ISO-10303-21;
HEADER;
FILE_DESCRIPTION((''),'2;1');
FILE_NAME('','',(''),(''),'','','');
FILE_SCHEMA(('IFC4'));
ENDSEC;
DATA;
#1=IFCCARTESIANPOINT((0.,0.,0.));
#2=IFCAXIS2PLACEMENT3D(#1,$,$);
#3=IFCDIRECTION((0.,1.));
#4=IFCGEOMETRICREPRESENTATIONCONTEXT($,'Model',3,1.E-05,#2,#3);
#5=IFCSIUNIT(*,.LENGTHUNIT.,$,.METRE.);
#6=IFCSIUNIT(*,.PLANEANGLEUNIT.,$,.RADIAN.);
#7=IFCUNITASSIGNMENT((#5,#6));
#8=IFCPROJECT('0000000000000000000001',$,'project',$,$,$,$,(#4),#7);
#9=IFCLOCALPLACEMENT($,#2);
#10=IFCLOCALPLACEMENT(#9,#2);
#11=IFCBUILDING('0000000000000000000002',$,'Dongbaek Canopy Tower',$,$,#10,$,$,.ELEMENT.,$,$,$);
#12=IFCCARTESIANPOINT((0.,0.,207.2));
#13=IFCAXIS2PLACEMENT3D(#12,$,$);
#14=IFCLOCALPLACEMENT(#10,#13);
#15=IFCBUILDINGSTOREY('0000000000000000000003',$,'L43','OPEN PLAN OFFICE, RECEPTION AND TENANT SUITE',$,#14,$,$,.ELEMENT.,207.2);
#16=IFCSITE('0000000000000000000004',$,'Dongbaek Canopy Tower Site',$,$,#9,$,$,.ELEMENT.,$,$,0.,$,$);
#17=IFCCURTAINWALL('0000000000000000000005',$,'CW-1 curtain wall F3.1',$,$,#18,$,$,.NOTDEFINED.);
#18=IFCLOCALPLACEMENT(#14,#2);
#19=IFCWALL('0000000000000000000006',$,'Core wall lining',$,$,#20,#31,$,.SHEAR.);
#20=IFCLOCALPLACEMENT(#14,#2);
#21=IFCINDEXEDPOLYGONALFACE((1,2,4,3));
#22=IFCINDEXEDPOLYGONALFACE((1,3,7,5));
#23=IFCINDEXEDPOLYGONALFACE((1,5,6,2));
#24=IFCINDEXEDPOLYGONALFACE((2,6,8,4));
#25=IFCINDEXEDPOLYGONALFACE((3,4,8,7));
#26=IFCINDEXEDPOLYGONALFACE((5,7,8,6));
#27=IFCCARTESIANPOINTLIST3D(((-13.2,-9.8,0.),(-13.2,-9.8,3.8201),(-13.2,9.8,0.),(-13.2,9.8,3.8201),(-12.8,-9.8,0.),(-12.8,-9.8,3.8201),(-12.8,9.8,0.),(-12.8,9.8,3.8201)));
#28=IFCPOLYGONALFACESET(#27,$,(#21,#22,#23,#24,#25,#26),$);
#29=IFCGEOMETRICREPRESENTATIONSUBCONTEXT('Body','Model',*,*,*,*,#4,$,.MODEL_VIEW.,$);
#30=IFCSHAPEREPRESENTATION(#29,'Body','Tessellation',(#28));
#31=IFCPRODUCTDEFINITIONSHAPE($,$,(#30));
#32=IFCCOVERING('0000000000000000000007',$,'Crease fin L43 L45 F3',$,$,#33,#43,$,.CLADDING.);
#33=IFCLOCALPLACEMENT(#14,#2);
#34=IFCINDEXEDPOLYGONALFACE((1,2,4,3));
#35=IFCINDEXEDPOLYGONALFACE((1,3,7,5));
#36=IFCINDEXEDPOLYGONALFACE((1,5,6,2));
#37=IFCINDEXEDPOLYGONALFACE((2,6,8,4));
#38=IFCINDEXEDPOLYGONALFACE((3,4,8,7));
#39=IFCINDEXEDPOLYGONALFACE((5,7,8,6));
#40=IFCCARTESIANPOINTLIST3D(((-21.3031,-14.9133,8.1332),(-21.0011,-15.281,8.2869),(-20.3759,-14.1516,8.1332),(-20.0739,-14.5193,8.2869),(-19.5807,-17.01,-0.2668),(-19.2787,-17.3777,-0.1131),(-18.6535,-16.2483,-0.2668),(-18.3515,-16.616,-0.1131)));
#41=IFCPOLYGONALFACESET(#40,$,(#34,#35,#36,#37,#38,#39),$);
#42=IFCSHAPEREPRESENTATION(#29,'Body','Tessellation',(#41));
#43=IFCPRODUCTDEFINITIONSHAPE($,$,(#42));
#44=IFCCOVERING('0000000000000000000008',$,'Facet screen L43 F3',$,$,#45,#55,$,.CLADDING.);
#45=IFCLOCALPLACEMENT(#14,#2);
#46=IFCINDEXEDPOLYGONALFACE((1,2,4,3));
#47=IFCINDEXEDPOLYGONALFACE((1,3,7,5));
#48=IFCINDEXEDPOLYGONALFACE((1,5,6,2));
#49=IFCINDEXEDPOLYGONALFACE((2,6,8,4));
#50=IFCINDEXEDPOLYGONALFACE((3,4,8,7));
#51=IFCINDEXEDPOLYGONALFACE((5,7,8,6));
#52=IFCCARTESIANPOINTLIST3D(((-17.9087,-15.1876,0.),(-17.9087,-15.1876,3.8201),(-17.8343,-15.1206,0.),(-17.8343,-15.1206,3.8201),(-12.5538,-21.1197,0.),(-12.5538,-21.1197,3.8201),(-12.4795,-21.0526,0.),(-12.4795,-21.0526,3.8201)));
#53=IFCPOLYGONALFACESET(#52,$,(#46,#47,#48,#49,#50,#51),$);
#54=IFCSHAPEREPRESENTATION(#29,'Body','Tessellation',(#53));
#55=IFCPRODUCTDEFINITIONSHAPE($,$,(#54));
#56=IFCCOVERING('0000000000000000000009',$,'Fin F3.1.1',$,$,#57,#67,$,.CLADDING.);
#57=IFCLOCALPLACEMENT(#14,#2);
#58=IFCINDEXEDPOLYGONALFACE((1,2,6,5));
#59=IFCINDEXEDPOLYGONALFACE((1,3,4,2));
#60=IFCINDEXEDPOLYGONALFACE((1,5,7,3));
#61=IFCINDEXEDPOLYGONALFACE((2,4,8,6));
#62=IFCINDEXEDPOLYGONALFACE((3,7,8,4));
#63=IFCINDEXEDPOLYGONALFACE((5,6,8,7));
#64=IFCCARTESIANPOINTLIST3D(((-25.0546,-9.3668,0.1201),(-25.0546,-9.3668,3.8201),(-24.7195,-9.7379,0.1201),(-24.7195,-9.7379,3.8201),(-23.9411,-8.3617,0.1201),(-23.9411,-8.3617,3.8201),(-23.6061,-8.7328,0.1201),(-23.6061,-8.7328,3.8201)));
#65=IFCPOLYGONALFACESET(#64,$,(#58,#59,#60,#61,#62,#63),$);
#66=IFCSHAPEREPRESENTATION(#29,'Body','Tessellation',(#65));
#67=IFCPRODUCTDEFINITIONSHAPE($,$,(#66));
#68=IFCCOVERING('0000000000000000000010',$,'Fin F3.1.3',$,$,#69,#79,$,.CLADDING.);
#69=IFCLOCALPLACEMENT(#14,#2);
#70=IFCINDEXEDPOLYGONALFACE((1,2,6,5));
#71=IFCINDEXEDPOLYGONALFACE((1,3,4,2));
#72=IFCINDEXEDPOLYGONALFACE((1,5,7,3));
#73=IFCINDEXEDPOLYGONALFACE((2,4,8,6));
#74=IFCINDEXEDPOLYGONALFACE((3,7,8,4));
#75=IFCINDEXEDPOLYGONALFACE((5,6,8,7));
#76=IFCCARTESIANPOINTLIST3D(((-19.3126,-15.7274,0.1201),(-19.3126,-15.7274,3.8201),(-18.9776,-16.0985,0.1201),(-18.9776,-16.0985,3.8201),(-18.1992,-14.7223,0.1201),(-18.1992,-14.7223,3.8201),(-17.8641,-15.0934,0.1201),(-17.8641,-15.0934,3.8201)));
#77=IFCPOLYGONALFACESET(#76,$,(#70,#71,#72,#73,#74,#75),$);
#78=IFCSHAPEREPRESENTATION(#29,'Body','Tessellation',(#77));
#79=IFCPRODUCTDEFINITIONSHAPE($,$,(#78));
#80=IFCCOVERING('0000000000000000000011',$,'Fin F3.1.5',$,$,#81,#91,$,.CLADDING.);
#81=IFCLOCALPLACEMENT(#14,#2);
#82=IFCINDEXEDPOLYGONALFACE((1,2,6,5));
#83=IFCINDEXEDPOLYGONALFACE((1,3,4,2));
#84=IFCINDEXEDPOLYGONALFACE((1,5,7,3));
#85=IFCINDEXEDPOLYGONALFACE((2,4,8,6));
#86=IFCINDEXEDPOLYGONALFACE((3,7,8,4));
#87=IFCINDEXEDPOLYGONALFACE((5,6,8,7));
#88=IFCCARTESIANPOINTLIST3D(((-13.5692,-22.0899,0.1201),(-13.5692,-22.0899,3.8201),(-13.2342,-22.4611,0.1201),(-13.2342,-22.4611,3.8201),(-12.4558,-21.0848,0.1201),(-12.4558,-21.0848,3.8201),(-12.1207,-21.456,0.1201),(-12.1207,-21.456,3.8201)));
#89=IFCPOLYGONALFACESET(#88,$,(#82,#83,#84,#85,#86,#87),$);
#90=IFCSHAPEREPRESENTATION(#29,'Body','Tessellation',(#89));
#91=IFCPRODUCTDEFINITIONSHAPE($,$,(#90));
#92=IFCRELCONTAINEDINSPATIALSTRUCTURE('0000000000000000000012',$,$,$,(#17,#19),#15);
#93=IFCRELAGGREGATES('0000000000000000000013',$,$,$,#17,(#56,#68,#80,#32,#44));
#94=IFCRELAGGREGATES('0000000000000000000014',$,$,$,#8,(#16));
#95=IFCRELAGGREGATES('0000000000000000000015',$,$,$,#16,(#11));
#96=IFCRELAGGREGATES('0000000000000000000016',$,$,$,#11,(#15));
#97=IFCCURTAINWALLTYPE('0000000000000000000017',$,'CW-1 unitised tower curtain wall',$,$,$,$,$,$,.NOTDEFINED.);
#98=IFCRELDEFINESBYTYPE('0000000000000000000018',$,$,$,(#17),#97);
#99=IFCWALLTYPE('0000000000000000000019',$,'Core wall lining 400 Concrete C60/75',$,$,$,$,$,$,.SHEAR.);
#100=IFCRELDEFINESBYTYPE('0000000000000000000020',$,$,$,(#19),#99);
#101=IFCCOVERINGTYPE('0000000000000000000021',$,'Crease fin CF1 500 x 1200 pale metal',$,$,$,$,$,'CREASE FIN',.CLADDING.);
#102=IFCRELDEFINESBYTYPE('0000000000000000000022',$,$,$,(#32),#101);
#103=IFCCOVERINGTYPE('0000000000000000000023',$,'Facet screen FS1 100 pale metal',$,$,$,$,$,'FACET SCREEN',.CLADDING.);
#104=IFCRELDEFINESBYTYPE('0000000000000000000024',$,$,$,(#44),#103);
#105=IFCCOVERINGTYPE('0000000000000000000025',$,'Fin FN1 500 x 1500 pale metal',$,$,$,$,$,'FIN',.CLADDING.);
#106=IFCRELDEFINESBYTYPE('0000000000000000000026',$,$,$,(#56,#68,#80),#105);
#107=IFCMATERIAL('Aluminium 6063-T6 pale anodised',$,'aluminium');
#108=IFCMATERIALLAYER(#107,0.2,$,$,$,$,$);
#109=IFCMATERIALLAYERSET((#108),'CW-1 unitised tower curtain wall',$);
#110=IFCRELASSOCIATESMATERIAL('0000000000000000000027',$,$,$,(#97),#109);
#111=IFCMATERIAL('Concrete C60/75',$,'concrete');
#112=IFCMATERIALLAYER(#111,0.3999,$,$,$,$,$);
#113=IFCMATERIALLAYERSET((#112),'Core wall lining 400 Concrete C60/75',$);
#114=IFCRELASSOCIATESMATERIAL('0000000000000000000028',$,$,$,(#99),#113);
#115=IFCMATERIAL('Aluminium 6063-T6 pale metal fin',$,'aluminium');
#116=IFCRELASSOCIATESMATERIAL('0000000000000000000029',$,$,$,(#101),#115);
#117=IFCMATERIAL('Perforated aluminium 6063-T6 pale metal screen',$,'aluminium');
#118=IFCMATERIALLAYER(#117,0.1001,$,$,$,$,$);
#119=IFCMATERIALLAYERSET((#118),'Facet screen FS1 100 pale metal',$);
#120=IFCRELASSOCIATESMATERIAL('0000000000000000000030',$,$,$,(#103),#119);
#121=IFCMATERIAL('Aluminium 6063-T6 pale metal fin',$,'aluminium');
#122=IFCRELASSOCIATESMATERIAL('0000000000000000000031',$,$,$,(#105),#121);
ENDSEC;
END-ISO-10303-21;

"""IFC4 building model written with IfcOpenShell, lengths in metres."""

from ifc_helpers import new_model, si_unit, direction, frame, frame_2d, origin, origin_2d, place, context, subcontext, project, spatial, rectangle, extrude, material, layer, layer_set, material_profile, profile_set, type_object, element, aggregate, save


model = new_model("IFC4")

# Units and contexts
model_context = context("Model", 3, precision=1e-05, world=origin(), true_north=direction((0.0, 1.0)))
body_context = subcontext(model_context, "Body", "Model", "MODEL_VIEW")
ifc_project = project(units=[si_unit("LENGTHUNIT", "METRE"), si_unit("PLANEANGLEUNIT", "RADIAN")], contexts=[model_context])

# Site, building, storey
site_placement = place(None, origin())
site = spatial("IfcSite", under=ifc_project, at=site_placement, Name="Dongbaek Canopy Tower Site", CompositionType="ELEMENT", RefElevation=0.0)
building_placement = place(site_placement, origin())
building = spatial("IfcBuilding", under=site, at=building_placement, Name="Dongbaek Canopy Tower", CompositionType="ELEMENT")
storey_placement = place(building_placement, frame((0.0, 0.0, 207.2)))
storey = spatial("IfcBuildingStorey", under=building, at=storey_placement, Name="L43", Description="OPEN PLAN OFFICE, RECEPTION AND TENANT SUITE", CompositionType="ELEMENT", Elevation=207.2)

# Curtain wall
ifc_material_1 = material(Name="Aluminium 6063-T6 pale anodised", Category="aluminium")
ifc_layer_1 = layer(ifc_material_1, 0.2)
ifc_layer_set_1 = layer_set([ifc_layer_1], Name="CW-1 unitised tower curtain wall")
curtain_wall_type = type_object("IfcCurtainWallType", Name="CW-1 unitised tower curtain wall", PredefinedType="NOTDEFINED", material=ifc_layer_set_1)
curtain_wall_1_placement = place(storey_placement, origin())
curtain_wall_1 = element("IfcCurtainWall", 1, at=curtain_wall_1_placement, inside=storey, type_object=curtain_wall_type, Name="CW-1 curtain wall F3.1", PredefinedType="NOTDEFINED")

# Wall
ifc_material_2 = material(Name="Concrete C60/75", Category="concrete")
ifc_layer_2 = layer(ifc_material_2, 0.3999)
ifc_layer_set_2 = layer_set([ifc_layer_2], Name="Core wall lining 400 Concrete C60/75")
wall_type_1 = type_object("IfcWallType", Name="Core wall lining 400 Concrete C60/75", PredefinedType="SHEAR", material=ifc_layer_set_2)
wall_1_placement = place(storey_placement, frame((-13.0, -9.8, 0.0), z_axis=(0.0, 0.0, 1.0), x_axis=(0.0, 1.0, 0.0)))
element("IfcWall", 2, at=wall_1_placement, inside=storey, type_object=wall_type_1, Name="Core wall lining", PredefinedType="SHEAR", context=body_context, shape_type="SweptSolid", body=[
    extrude(rectangle(XDim=19.6001, YDim=0.3999, at=frame_2d((9.8, 0.0))), origin(), (0.0, 0.0, 1.0), 3.8201),
])

# Coverings
ifc_material_3 = material(Name="Aluminium 6063-T6 pale metal fin", Category="aluminium")
ifc_material_profile_1 = material_profile(ifc_material_3, rectangle(XDim=1.2, YDim=0.5, at=origin_2d()), Name="Crease fin CF1 500 x 1200 pale metal")
ifc_profile_set_1 = profile_set([ifc_material_profile_1], Name="Aluminium 6063-T6 pale metal fin")
covering_type_1 = type_object("IfcCoveringType", Name="Crease fin CF1 500 x 1200 pale metal", ElementType="CREASE FIN", PredefinedType="CLADDING", material=ifc_profile_set_1)
covering_1_placement = place(storey_placement, frame((-18.9661, -16.813, -0.1899), z_axis=(-0.195123, 0.237522, 0.951583), x_axis=(-0.772701, -0.63477, 0.0)))
covering_1 = element("IfcCovering", 3, at=covering_1_placement, type_object=covering_type_1, Name="Crease fin L43 L45 F3", PredefinedType="CLADDING", context=body_context, shape_type="SweptSolid", body=[
    extrude(rectangle(XDim=1.2, YDim=0.5, at=origin_2d()), origin(), (0.0, 0.0, 1.0), 8.8274),
])
ifc_material_4 = material(Name="Perforated aluminium 6063-T6 pale metal screen", Category="aluminium")
ifc_layer_3 = layer(ifc_material_4, 0.1001)
ifc_layer_set_3 = layer_set([ifc_layer_3], Name="Facet screen FS1 100 pale metal")
covering_type_2 = type_object("IfcCoveringType", Name="Facet screen FS1 100 pale metal", ElementType="FACET SCREEN", PredefinedType="CLADDING", material=ifc_layer_set_3)
covering_2_placement = place(storey_placement, frame((-15.1941, -18.1201, 0.0), z_axis=(0.0, 0.0, 1.0), x_axis=(0.670068, -0.7423, 0.0)))
covering_2 = element("IfcCovering", 4, at=covering_2_placement, type_object=covering_type_2, Name="Facet screen L43 F3", PredefinedType="CLADDING", context=body_context, shape_type="SweptSolid", body=[
    extrude(rectangle(XDim=7.9915, YDim=0.1001, at=origin_2d()), origin(), (0.0, 0.0, 1.0), 3.8201),
])
ifc_material_5 = material(Name="Aluminium 6063-T6 pale metal fin", Category="aluminium")
ifc_material_profile_2 = material_profile(ifc_material_5, rectangle(XDim=1.5, YDim=0.5, at=origin_2d()), Name="Fin FN1 500 x 1500 pale metal")
ifc_profile_set_2 = profile_set([ifc_material_profile_2], Name="Aluminium 6063-T6 pale metal fin")
covering_type_3 = type_object("IfcCoveringType", Name="Fin FN1 500 x 1500 pale metal", ElementType="FIN", PredefinedType="CLADDING", material=ifc_profile_set_2)
covering_3_placement = place(storey_placement, frame((-24.3303, -9.0498, 0.1201), z_axis=(0.0, 0.0, 1.0), x_axis=(-0.7423, -0.670068, 0.0)))
covering_3 = element("IfcCovering", 5, at=covering_3_placement, type_object=covering_type_3, Name="Fin F3.1.1", PredefinedType="CLADDING", context=body_context, shape_type="SweptSolid", body=[
    extrude(rectangle(XDim=1.5, YDim=0.5, at=origin_2d()), origin(), (0.0, 0.0, 1.0), 3.7),
])
covering_4_placement = place(storey_placement, frame((-18.5884, -15.4104, 0.1201), z_axis=(0.0, 0.0, 1.0), x_axis=(-0.7423, -0.670068, 0.0)))
covering_4 = element("IfcCovering", 6, at=covering_4_placement, type_object=covering_type_3, Name="Fin F3.1.3", PredefinedType="CLADDING", context=body_context, shape_type="SweptSolid", body=[
    extrude(rectangle(XDim=1.5, YDim=0.5, at=origin_2d()), origin(), (0.0, 0.0, 1.0), 3.7),
])
covering_5_placement = place(storey_placement, frame((-12.845, -21.7729, 0.1201), z_axis=(0.0, 0.0, 1.0), x_axis=(-0.7423, -0.670068, 0.0)))
covering_5 = element("IfcCovering", 7, at=covering_5_placement, type_object=covering_type_3, Name="Fin F3.1.5", PredefinedType="CLADDING", context=body_context, shape_type="SweptSolid", body=[
    extrude(rectangle(XDim=1.5, YDim=0.5, at=origin_2d()), origin(), (0.0, 0.0, 1.0), 3.7),
])
aggregate(curtain_wall_1, [covering_3, covering_4, covering_5, covering_1, covering_2])

save(model, "model.ifc")
